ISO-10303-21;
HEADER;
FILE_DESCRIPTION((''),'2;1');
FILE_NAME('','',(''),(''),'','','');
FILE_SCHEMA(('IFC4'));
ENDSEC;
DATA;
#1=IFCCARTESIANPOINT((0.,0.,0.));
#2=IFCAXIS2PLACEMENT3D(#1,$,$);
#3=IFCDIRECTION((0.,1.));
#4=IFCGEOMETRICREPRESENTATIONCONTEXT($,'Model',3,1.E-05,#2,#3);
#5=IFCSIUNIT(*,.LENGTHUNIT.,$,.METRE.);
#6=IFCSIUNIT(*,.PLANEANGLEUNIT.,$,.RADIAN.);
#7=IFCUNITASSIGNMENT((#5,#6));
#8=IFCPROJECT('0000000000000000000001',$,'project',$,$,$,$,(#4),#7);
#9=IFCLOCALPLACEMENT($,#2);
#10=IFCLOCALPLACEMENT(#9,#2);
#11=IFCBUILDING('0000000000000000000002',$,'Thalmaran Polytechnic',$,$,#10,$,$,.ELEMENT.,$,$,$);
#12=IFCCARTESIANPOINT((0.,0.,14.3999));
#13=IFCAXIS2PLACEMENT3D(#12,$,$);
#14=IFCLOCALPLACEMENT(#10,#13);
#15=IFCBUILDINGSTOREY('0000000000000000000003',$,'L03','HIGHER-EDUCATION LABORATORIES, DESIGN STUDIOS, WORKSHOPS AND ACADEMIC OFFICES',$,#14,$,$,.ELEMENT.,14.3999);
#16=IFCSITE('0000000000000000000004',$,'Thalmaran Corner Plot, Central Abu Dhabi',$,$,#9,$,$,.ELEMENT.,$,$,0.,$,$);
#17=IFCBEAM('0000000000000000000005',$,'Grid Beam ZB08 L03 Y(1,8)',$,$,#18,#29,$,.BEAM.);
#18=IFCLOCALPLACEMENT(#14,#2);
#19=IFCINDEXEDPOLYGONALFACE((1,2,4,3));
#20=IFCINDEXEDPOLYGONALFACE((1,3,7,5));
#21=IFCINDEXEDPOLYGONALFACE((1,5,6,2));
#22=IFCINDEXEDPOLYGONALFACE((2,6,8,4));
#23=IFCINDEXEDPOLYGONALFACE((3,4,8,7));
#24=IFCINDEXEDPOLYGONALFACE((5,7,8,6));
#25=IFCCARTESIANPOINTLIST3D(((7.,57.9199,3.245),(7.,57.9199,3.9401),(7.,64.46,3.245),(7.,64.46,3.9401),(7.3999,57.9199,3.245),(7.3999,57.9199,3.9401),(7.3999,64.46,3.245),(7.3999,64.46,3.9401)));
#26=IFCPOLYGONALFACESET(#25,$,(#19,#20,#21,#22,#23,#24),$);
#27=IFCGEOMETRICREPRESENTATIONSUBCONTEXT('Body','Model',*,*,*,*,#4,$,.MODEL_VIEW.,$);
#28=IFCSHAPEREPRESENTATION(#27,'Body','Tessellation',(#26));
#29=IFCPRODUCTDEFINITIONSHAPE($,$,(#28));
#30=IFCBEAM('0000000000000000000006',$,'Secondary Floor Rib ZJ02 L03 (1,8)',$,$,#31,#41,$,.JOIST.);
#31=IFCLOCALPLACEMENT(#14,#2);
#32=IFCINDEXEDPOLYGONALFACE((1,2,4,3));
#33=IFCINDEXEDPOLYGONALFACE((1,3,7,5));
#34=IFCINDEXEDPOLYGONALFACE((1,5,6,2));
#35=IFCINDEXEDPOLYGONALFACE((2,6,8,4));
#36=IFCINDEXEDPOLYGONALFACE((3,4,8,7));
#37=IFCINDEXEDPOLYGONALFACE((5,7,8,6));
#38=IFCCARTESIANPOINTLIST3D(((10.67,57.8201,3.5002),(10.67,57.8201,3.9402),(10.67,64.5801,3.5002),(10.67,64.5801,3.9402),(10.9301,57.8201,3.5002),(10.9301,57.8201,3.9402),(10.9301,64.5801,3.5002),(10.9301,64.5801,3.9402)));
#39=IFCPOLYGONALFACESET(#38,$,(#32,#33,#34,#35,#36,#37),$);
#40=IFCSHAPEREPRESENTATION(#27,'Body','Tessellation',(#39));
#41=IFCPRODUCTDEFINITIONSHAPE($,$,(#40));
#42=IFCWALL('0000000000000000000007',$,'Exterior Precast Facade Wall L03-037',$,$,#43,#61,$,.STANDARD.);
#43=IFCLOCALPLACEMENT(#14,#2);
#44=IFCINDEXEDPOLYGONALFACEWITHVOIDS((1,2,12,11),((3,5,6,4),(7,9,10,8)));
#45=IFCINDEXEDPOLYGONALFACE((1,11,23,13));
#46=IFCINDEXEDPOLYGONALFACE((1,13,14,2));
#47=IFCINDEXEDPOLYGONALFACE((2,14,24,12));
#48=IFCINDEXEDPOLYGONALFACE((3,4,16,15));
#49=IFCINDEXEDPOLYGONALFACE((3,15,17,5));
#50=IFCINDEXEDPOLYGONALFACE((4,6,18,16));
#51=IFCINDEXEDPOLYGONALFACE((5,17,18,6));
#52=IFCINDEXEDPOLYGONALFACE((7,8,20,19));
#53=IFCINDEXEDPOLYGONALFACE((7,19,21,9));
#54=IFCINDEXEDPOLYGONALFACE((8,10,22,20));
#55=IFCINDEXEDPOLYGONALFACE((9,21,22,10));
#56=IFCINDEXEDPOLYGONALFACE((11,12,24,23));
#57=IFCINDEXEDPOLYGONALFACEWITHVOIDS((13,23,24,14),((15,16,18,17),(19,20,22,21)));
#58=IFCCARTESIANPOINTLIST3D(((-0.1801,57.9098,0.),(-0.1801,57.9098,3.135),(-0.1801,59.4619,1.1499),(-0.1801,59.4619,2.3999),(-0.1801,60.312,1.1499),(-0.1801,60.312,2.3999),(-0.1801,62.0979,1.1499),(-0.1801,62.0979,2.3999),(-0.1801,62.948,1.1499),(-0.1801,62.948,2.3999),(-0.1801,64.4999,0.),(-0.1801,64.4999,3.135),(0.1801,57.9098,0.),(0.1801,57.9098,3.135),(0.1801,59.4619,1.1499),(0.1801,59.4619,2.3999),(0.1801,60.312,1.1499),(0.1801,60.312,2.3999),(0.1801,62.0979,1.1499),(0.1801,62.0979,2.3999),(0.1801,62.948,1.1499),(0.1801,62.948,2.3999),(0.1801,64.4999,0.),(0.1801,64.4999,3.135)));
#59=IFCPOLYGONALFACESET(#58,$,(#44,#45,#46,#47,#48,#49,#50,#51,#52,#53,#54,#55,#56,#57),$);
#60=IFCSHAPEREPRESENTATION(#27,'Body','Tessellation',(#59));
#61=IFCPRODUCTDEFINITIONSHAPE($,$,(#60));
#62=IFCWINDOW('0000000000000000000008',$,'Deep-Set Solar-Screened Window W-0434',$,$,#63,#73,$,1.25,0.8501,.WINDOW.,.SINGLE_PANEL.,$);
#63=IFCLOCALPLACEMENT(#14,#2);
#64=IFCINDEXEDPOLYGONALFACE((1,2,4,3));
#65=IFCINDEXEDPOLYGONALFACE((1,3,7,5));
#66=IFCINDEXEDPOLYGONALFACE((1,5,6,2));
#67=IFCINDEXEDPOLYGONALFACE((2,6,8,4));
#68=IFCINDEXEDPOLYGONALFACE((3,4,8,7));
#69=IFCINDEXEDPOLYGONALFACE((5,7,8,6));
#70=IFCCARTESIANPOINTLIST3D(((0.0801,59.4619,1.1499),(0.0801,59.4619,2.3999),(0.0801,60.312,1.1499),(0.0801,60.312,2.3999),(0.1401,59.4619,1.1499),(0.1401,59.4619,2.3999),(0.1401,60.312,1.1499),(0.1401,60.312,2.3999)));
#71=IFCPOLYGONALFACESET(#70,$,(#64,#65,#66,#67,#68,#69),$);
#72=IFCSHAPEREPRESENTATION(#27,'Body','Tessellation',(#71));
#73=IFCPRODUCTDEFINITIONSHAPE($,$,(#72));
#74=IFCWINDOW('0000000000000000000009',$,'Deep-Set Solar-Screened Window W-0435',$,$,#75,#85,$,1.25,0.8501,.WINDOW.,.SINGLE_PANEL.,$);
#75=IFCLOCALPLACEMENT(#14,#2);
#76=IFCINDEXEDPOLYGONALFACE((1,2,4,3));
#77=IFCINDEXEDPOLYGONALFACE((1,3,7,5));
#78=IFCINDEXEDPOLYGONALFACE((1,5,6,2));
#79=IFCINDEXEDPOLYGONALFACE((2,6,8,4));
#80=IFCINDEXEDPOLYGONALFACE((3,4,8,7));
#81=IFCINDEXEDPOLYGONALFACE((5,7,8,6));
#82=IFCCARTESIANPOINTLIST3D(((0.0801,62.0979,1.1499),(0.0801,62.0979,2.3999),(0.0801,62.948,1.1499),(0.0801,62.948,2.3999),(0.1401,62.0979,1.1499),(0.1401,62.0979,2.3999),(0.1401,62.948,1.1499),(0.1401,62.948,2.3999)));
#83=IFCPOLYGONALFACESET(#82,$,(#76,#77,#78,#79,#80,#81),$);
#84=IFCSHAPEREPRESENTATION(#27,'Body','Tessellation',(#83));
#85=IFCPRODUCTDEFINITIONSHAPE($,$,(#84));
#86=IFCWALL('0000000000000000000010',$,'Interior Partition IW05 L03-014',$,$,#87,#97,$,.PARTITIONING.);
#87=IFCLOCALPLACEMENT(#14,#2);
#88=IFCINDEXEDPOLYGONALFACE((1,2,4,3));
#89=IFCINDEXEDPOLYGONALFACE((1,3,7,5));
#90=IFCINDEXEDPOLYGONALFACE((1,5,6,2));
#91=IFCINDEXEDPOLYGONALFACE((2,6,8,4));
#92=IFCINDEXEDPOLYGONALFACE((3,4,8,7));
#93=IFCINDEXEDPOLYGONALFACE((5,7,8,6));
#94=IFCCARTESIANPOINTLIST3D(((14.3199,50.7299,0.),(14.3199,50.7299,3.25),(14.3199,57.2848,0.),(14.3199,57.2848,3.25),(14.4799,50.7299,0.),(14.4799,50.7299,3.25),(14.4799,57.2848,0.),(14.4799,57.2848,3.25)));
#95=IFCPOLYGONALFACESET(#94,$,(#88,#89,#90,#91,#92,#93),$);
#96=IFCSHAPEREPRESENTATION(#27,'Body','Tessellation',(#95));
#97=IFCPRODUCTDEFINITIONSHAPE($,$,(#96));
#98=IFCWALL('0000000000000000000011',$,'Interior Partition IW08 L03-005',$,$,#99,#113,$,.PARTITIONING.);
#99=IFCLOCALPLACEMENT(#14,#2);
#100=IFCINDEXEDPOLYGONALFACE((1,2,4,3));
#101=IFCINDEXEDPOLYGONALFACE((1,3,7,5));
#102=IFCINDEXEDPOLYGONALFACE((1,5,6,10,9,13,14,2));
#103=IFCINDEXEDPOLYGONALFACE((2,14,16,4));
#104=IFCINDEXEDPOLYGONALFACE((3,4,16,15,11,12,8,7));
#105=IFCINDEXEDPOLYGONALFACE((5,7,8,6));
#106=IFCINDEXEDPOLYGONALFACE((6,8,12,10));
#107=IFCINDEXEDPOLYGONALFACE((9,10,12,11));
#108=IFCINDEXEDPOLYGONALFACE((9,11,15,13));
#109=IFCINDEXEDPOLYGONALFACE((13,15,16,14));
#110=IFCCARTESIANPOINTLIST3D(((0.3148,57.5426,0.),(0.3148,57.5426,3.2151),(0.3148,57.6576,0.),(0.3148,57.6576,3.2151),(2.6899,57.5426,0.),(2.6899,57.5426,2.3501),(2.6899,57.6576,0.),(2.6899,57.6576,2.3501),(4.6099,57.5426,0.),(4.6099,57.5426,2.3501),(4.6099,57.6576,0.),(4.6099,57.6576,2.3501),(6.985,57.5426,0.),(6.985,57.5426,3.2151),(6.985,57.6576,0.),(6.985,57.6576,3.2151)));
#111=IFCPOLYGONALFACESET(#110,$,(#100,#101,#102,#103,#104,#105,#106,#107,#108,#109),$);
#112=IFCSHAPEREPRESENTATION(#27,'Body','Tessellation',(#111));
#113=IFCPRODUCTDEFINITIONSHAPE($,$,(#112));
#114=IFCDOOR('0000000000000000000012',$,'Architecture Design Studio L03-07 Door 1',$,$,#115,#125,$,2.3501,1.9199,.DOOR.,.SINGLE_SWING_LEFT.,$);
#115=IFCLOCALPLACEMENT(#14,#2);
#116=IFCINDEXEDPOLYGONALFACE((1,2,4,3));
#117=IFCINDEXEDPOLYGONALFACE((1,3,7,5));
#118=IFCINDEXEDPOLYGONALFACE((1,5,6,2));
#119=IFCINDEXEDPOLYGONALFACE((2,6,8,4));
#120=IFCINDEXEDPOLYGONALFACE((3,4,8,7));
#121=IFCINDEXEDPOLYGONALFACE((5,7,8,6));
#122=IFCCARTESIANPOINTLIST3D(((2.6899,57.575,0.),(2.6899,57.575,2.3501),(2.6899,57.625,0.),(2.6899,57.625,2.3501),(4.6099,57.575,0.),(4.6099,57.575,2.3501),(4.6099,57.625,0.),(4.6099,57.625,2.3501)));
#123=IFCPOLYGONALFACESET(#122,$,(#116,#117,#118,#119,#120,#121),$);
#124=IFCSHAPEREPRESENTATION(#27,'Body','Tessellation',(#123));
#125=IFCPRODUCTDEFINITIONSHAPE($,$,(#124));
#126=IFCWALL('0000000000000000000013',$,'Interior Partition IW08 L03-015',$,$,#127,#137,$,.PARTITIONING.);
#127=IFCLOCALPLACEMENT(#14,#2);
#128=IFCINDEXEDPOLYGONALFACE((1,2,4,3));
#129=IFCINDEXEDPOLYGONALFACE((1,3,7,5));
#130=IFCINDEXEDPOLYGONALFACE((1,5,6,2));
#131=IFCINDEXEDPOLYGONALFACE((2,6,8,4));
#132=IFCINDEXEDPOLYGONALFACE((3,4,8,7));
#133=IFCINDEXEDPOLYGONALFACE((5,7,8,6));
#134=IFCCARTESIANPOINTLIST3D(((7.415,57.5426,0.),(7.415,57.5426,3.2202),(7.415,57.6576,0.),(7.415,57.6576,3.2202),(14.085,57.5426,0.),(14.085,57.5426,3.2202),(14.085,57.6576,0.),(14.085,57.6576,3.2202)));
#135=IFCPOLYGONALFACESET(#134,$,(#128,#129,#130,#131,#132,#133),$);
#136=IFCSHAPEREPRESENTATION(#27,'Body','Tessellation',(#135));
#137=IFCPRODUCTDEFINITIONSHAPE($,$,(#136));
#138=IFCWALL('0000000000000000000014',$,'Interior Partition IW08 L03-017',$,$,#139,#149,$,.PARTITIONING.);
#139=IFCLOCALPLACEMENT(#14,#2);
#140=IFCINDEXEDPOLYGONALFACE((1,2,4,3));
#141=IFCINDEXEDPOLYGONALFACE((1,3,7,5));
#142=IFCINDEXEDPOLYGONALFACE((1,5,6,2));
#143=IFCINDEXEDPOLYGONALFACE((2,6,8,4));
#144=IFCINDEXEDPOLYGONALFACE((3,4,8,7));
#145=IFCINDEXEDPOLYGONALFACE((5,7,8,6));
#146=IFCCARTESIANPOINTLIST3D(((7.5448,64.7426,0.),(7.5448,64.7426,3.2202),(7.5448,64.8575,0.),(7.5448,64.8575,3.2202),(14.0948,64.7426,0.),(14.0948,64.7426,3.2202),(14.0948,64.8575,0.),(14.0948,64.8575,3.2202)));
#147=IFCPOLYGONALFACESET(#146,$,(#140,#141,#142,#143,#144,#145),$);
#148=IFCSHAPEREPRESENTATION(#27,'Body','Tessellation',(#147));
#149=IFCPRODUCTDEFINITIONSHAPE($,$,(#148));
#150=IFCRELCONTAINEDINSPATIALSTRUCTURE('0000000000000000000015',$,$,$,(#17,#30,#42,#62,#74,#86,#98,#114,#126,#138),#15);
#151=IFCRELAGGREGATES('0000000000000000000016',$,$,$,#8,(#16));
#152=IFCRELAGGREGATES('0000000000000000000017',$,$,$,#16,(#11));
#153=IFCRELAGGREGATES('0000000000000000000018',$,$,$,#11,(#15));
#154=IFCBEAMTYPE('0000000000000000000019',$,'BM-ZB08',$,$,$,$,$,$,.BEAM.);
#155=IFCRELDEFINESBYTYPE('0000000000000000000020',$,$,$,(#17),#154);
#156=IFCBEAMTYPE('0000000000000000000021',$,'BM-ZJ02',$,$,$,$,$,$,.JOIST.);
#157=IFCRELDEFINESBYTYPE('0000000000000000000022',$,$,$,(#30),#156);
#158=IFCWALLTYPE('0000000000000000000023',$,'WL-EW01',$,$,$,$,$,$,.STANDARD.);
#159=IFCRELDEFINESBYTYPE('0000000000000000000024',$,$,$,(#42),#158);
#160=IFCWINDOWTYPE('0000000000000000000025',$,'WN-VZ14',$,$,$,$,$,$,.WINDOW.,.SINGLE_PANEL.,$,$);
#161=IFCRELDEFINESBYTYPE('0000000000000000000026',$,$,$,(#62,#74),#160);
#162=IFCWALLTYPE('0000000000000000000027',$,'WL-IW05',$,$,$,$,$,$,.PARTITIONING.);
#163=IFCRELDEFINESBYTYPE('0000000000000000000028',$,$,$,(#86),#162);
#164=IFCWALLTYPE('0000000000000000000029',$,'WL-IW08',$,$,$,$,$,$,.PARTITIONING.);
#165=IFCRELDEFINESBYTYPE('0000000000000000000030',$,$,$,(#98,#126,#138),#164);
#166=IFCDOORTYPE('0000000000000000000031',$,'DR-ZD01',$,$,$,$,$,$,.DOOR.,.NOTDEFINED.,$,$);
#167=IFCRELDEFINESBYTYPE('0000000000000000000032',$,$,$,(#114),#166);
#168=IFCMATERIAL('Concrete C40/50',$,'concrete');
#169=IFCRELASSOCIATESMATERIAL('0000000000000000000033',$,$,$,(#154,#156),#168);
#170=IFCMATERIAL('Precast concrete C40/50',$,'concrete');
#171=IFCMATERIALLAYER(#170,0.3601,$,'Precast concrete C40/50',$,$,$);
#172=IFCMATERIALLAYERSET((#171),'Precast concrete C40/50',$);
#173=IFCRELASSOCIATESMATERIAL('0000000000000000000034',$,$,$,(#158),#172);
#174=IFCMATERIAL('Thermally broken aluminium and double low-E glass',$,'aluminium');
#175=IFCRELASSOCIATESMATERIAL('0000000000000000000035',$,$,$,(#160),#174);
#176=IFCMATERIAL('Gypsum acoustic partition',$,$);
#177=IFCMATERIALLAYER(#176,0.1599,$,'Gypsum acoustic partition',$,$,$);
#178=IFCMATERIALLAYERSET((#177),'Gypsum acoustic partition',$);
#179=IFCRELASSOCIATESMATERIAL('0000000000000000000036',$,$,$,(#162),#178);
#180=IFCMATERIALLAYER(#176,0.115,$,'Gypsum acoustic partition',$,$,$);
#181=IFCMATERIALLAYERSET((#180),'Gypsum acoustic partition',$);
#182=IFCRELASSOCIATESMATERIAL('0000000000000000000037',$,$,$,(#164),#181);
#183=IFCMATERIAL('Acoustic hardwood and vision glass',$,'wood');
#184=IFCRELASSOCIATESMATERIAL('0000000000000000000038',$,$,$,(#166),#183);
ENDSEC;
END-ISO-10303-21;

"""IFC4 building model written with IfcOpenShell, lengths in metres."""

from ifc_helpers import new_model, si_unit, direction, frame, frame_2d, origin, origin_2d, place, context, subcontext, project, spatial, rectangle, extrude, material, layer, layer_set, material_profile, profile_set, type_object, element, fill, save


model = new_model("IFC4")

# Units and contexts
model_context = context("Model", 3, precision=1e-05, world=origin(), true_north=direction((0.0, 1.0)))
body_context = subcontext(model_context, "Body", "Model", "MODEL_VIEW")
ifc_project = project(units=[si_unit("LENGTHUNIT", "METRE"), si_unit("PLANEANGLEUNIT", "RADIAN")], contexts=[model_context])

# Site, building, storey
site_placement = place(None, origin())
site = spatial("IfcSite", under=ifc_project, at=site_placement, Name="Thalmaran Corner Plot, Central Abu Dhabi", CompositionType="ELEMENT", RefElevation=0.0)
building_placement = place(site_placement, origin())
building = spatial("IfcBuilding", under=site, at=building_placement, Name="Thalmaran Polytechnic", CompositionType="ELEMENT")
storey_placement = place(building_placement, frame((0.0, 0.0, 14.3999)))
storey = spatial("IfcBuildingStorey", under=building, at=storey_placement, Name="L03", Description="HIGHER-EDUCATION LABORATORIES, DESIGN STUDIOS, WORKSHOPS AND ACADEMIC OFFICES", CompositionType="ELEMENT", Elevation=14.3999)

# Shared definitions
ifc_material_1 = material(Name="Concrete C40/50", Category="concrete")

# Beams
ifc_material_profile_1 = material_profile(ifc_material_1, rectangle(XDim=0.3999, YDim=0.6951, at=origin_2d()), Name="RC 400x695")
ifc_profile_set_1 = profile_set([ifc_material_profile_1], Name="Concrete C40/50")
beam_type_1 = type_object("IfcBeamType", Name="BM-ZB08", PredefinedType="BEAM", material=ifc_profile_set_1)
beam_1_placement = place(storey_placement, frame((7.2, 57.9199, 3.5925), z_axis=(0.0, 1.0, 0.0), x_axis=(-1.0, 0.0, 0.0)))
element("IfcBeam", 1, at=beam_1_placement, inside=storey, type_object=beam_type_1, Name="Grid Beam ZB08 L03 Y(1,8)", PredefinedType="BEAM", context=body_context, shape_type="SweptSolid", body=[
    extrude(rectangle(XDim=0.3999, YDim=0.6951, at=origin_2d()), origin(), (0.0, 0.0, 1.0), 6.54),
])
ifc_material_profile_2 = material_profile(ifc_material_1, rectangle(XDim=0.26, YDim=0.4399, at=origin_2d()), Name="RC 260x440")
ifc_profile_set_2 = profile_set([ifc_material_profile_2], Name="Concrete C40/50")
beam_type_2 = type_object("IfcBeamType", Name="BM-ZJ02", PredefinedType="JOIST", material=ifc_profile_set_2)
beam_2_placement = place(storey_placement, frame((10.8, 57.8201, 3.7202), z_axis=(0.0, 1.0, 0.0), x_axis=(-1.0, 0.0, 0.0)))
element("IfcBeam", 2, at=beam_2_placement, inside=storey, type_object=beam_type_2, Name="Secondary Floor Rib ZJ02 L03 (1,8)", PredefinedType="JOIST", context=body_context, shape_type="SweptSolid", body=[
    extrude(rectangle(XDim=0.26, YDim=0.4399, at=origin_2d()), origin(), (0.0, 0.0, 1.0), 6.76),
])

# Wall, openings, windows
ifc_material_2 = material(Name="Precast concrete C40/50", Category="concrete")
ifc_layer_1 = layer(ifc_material_2, 0.3601, Name="Precast concrete C40/50")
ifc_layer_set_1 = layer_set([ifc_layer_1], Name="Precast concrete C40/50")
wall_type_1 = type_object("IfcWallType", Name="WL-EW01", PredefinedType="STANDARD", material=ifc_layer_set_1)
wall_1_placement = place(storey_placement, frame((0.0, 57.9099, 0.0), z_axis=(0.0, 0.0, 1.0), x_axis=(0.0, 1.0, 0.0)))
wall_1 = element("IfcWall", 3, at=wall_1_placement, inside=storey, type_object=wall_type_1, Name="Exterior Precast Facade Wall L03-037", PredefinedType="STANDARD", context=body_context, shape_type="SweptSolid", body=[
    extrude(rectangle(XDim=6.5901, YDim=0.3601, at=frame_2d((3.2949, 0.0))), origin(), (0.0, 0.0, 1.0), 3.135),
])
opening_1_placement = place(wall_1_placement, frame((1.552, 0.0, 1.1499)))
opening_1 = element("IfcOpeningElement", 4, at=opening_1_placement, cuts=wall_1, PredefinedType="OPENING", context=body_context, shape_type="SweptSolid", body=[
    extrude(rectangle(XDim=0.8501, YDim=1.25, at=frame_2d((0.425, 0.625))), frame((0.0, 0.1899, 0.0), z_axis=(0.0, -1.0, 0.0), x_axis=(1.0, 0.0, 0.0)), (0.0, 0.0, 1.0), 0.3801),
])
opening_2_placement = place(wall_1_placement, frame((4.188, 0.0, 1.1499)))
opening_2 = element("IfcOpeningElement", 5, at=opening_2_placement, cuts=wall_1, PredefinedType="OPENING", context=body_context, shape_type="SweptSolid", body=[
    extrude(rectangle(XDim=0.8501, YDim=1.25, at=frame_2d((0.425, 0.625))), frame((0.0, 0.1899, 0.0), z_axis=(0.0, -1.0, 0.0), x_axis=(1.0, 0.0, 0.0)), (0.0, 0.0, 1.0), 0.3801),
])
ifc_material_3 = material(Name="Thermally broken aluminium and double low-E glass", Category="aluminium")
window_type = type_object("IfcWindowType", Name="WN-VZ14", PartitioningType="SINGLE_PANEL", PredefinedType="WINDOW", material=ifc_material_3)
window_1_placement = place(opening_1_placement, origin())
window_1 = element("IfcWindow", 6, at=window_1_placement, inside=storey, type_object=window_type, Name="Deep-Set Solar-Screened Window W-0434", OverallHeight=1.25, OverallWidth=0.8501, PartitioningType="SINGLE_PANEL", PredefinedType="WINDOW", context=body_context, shape_type="SweptSolid", body=[
    extrude(rectangle(XDim=0.8501, YDim=1.25, at=frame_2d((0.425, 0.625))), frame((0.0, -0.0801, 0.0), z_axis=(0.0, -1.0, 0.0), x_axis=(1.0, 0.0, 0.0)), (0.0, 0.0, 1.0), 0.0601),
])
fill(opening_1, window_1)
window_2_placement = place(opening_2_placement, origin())
window_2 = element("IfcWindow", 7, at=window_2_placement, inside=storey, type_object=window_type, Name="Deep-Set Solar-Screened Window W-0435", OverallHeight=1.25, OverallWidth=0.8501, PartitioningType="SINGLE_PANEL", PredefinedType="WINDOW", context=body_context, shape_type="SweptSolid", body=[
    extrude(rectangle(XDim=0.8501, YDim=1.25, at=frame_2d((0.425, 0.625))), frame((0.0, -0.0801, 0.0), z_axis=(0.0, -1.0, 0.0), x_axis=(1.0, 0.0, 0.0)), (0.0, 0.0, 1.0), 0.0601),
])
fill(opening_2, window_2)

# Wall
ifc_material_4 = material(Name="Gypsum acoustic partition")
ifc_layer_2 = layer(ifc_material_4, 0.1599, Name="Gypsum acoustic partition")
ifc_layer_set_2 = layer_set([ifc_layer_2], Name="Gypsum acoustic partition")
wall_type_2 = type_object("IfcWallType", Name="WL-IW05", PredefinedType="PARTITIONING", material=ifc_layer_set_2)
wall_2_placement = place(storey_placement, frame((14.3999, 50.73, 0.0), z_axis=(0.0, 0.0, 1.0), x_axis=(0.0, 1.0, 0.0)))
element("IfcWall", 8, at=wall_2_placement, inside=storey, type_object=wall_type_2, Name="Interior Partition IW05 L03-014", PredefinedType="PARTITIONING", context=body_context, shape_type="SweptSolid", body=[
    extrude(rectangle(XDim=6.5549, YDim=0.1599, at=frame_2d((3.2773, 0.0))), origin(), (0.0, 0.0, 1.0), 3.25),
])

# Wall, opening, door
ifc_layer_3 = layer(ifc_material_4, 0.115, Name="Gypsum acoustic partition")
ifc_layer_set_3 = layer_set([ifc_layer_3], Name="Gypsum acoustic partition")
wall_type_3 = type_object("IfcWallType", Name="WL-IW08", PredefinedType="PARTITIONING", material=ifc_layer_set_3)
wall_3_placement = place(storey_placement, frame((0.3149, 57.6001, 0.0), z_axis=(0.0, 0.0, 1.0), x_axis=(1.0, 0.0, 0.0)))
wall_3 = element("IfcWall", 9, at=wall_3_placement, inside=storey, type_object=wall_type_3, Name="Interior Partition IW08 L03-005", PredefinedType="PARTITIONING", context=body_context, shape_type="SweptSolid", body=[
    extrude(rectangle(XDim=6.6702, YDim=0.115, at=frame_2d((3.335, 0.0))), origin(), (0.0, 0.0, 1.0), 3.2151),
])
opening_3_placement = place(wall_3_placement, frame((2.375, 0.0, 0.0)))
opening_3 = element("IfcOpeningElement", 10, at=opening_3_placement, cuts=wall_3, PredefinedType="OPENING", context=body_context, shape_type="SweptSolid", body=[
    extrude(rectangle(XDim=1.9199, YDim=2.3501, at=frame_2d((0.96, 1.175))), frame((0.0, 0.0674, 0.0), z_axis=(0.0, -1.0, 0.0), x_axis=(1.0, 0.0, 0.0)), (0.0, 0.0, 1.0), 0.135),
])
ifc_material_5 = material(Name="Acoustic hardwood and vision glass", Category="wood")
door_type = type_object("IfcDoorType", Name="DR-ZD01", OperationType="NOTDEFINED", PredefinedType="DOOR", material=ifc_material_5)
door_placement = place(opening_3_placement, origin())
door = element("IfcDoor", 11, at=door_placement, inside=storey, type_object=door_type, Name="Architecture Design Studio L03-07 Door 1", OperationType="SINGLE_SWING_LEFT", OverallHeight=2.3501, OverallWidth=1.9199, PredefinedType="DOOR", context=body_context, shape_type="SweptSolid", body=[
    extrude(rectangle(XDim=1.9199, YDim=2.3501, at=frame_2d((0.96, 1.175))), frame((0.0, 0.0249, 0.0), z_axis=(0.0, -1.0, 0.0), x_axis=(1.0, 0.0, 0.0)), (0.0, 0.0, 1.0), 0.05),
])
fill(opening_3, door)

# Walls
wall_4_placement = place(storey_placement, frame((7.415, 57.6001, 0.0), z_axis=(0.0, 0.0, 1.0), x_axis=(1.0, 0.0, 0.0)))
element("IfcWall", 12, at=wall_4_placement, inside=storey, type_object=wall_type_3, Name="Interior Partition IW08 L03-015", PredefinedType="PARTITIONING", context=body_context, shape_type="SweptSolid", body=[
    extrude(rectangle(XDim=6.6699, YDim=0.115, at=frame_2d((3.335, 0.0))), origin(), (0.0, 0.0, 1.0), 3.2202),
])
wall_5_placement = place(storey_placement, frame((7.5449, 64.8, 0.0), z_axis=(0.0, 0.0, 1.0), x_axis=(1.0, 0.0, 0.0)))
element("IfcWall", 13, at=wall_5_placement, inside=storey, type_object=wall_type_3, Name="Interior Partition IW08 L03-017", PredefinedType="PARTITIONING", context=body_context, shape_type="SweptSolid", body=[
    extrude(rectangle(XDim=6.55, YDim=0.115, at=frame_2d((3.2749, 0.0))), origin(), (0.0, 0.0, 1.0), 3.2202),
])

save(model, "model.ifc")
